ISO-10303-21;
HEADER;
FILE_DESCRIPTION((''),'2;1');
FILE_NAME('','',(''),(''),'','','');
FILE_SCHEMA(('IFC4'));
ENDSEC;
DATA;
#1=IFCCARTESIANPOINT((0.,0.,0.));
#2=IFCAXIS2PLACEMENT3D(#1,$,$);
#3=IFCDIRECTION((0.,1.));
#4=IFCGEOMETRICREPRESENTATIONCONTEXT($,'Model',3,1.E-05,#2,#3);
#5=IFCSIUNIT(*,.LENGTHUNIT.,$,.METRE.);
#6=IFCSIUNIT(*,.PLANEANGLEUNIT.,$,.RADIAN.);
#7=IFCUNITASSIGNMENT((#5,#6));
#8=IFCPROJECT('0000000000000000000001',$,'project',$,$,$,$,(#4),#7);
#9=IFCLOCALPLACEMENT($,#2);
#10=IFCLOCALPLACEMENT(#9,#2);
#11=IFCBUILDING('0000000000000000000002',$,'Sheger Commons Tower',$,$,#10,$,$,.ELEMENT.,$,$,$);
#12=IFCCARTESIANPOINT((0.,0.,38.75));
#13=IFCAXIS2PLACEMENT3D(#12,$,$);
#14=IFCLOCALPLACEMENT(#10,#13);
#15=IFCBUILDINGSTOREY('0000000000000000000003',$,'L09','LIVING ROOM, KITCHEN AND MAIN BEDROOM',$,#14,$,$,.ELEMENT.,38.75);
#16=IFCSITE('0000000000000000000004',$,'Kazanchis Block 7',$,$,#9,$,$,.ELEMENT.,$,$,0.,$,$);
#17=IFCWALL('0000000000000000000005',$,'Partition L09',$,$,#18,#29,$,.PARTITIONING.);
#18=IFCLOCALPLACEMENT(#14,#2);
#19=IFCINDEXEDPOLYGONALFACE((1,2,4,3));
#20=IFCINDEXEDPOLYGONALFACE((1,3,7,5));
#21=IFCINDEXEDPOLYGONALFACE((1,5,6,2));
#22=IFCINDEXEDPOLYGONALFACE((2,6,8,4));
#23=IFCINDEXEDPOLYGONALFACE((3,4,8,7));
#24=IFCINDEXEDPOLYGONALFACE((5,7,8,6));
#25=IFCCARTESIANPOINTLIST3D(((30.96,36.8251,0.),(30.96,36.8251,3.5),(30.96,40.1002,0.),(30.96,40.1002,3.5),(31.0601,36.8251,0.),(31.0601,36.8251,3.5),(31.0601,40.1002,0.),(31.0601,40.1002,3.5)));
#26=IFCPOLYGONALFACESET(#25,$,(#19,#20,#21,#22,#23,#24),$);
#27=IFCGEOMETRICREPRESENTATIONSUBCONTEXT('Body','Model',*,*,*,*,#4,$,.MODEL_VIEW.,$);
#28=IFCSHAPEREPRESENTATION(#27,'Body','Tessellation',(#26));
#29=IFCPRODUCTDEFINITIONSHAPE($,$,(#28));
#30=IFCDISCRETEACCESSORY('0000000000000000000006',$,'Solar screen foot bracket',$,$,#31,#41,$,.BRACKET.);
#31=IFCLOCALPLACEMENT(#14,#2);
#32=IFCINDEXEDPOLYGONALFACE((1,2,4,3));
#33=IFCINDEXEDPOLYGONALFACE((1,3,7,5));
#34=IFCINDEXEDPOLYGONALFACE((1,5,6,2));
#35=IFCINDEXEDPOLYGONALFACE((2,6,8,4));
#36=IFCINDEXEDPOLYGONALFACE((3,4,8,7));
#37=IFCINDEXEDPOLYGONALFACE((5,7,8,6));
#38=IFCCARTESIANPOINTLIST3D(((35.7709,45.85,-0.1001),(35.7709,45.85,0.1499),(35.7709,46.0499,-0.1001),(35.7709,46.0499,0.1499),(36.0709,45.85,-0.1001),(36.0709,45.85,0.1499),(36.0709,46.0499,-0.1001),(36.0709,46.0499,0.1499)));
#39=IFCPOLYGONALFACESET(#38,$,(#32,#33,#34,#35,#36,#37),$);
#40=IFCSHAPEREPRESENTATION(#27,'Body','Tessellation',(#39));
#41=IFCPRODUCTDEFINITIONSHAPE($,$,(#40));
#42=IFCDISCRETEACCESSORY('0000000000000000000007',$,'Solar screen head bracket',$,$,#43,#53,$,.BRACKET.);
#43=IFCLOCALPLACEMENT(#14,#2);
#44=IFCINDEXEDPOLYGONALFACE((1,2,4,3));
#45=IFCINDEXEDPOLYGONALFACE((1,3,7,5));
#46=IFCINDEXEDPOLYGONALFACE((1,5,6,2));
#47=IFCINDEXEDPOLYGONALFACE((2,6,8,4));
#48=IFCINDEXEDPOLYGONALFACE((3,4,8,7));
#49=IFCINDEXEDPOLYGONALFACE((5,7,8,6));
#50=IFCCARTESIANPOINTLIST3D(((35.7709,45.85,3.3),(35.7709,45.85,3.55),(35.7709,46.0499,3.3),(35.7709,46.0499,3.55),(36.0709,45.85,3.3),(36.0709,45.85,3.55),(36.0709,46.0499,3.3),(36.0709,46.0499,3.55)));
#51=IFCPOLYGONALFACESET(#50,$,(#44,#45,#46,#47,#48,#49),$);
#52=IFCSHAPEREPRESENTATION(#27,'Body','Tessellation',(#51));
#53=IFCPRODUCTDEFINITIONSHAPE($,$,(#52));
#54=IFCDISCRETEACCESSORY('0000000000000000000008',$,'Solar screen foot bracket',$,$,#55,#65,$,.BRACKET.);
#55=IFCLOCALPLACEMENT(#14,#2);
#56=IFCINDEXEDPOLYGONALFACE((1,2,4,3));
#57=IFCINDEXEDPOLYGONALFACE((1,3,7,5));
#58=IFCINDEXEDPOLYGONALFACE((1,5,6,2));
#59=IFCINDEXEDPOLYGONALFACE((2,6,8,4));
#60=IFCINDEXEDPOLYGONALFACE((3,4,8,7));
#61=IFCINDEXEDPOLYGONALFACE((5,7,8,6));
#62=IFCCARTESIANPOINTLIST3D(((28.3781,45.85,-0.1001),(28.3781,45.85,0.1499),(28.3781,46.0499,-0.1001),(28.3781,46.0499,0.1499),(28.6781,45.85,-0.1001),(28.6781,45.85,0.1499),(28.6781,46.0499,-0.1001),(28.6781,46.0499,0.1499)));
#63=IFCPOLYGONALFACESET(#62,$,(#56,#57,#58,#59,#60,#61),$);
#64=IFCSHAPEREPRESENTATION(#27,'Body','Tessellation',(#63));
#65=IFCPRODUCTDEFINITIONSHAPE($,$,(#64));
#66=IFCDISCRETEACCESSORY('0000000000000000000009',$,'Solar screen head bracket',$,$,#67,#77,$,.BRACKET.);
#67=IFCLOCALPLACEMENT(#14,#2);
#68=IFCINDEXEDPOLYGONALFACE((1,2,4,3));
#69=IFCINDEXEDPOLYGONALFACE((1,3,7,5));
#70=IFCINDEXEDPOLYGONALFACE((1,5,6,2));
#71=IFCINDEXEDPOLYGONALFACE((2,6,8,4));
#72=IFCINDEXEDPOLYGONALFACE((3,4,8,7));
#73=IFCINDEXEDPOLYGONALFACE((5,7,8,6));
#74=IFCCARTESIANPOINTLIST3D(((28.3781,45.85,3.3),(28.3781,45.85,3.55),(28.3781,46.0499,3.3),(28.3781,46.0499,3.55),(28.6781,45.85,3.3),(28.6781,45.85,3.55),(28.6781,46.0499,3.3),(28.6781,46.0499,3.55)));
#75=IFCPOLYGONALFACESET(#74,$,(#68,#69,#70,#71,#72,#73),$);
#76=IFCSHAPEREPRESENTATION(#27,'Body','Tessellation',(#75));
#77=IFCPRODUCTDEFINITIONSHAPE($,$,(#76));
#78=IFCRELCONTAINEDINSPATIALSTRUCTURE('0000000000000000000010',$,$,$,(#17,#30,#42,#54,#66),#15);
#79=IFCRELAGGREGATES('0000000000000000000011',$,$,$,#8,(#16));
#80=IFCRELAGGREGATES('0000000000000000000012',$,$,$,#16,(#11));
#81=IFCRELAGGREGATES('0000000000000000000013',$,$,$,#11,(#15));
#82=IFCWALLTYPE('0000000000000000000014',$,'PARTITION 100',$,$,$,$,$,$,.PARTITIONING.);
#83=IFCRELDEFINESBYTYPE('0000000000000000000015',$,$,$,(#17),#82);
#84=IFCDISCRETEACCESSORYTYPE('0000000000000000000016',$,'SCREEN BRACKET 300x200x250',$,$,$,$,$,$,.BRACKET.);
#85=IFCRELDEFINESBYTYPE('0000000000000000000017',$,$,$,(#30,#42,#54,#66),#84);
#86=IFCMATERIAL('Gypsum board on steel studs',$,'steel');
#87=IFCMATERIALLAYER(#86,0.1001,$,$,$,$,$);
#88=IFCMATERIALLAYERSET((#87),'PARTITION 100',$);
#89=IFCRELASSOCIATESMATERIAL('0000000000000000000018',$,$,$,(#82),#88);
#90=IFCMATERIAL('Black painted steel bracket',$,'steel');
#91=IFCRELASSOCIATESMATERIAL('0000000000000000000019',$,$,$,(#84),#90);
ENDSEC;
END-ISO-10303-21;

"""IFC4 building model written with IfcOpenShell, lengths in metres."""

from ifc_helpers import new_model, si_unit, direction, frame, frame_2d, origin, origin_2d, place, context, subcontext, project, spatial, rectangle, extrude, material, layer, layer_set, type_object, element, save


model = new_model("IFC4")

# Units and contexts
model_context = context("Model", 3, precision=1e-05, world=origin(), true_north=direction((0.0, 1.0)))
body_context = subcontext(model_context, "Body", "Model", "MODEL_VIEW")
ifc_project = project(units=[si_unit("LENGTHUNIT", "METRE"), si_unit("PLANEANGLEUNIT", "RADIAN")], contexts=[model_context])

# Site, building, storey
site_placement = place(None, origin())
site = spatial("IfcSite", under=ifc_project, at=site_placement, Name="Kazanchis Block 7", CompositionType="ELEMENT", RefElevation=0.0)
building_placement = place(site_placement, origin())
building = spatial("IfcBuilding", under=site, at=building_placement, Name="Sheger Commons Tower", CompositionType="ELEMENT")
storey_placement = place(building_placement, frame((0.0, 0.0, 38.75)))
storey = spatial("IfcBuildingStorey", under=building, at=storey_placement, Name="L09", Description="LIVING ROOM, KITCHEN AND MAIN BEDROOM", CompositionType="ELEMENT", Elevation=38.75)

# Shared definitions
ifc_material_1 = material(Name="Gypsum board on steel studs", Category="steel")
ifc_layer_1 = layer(ifc_material_1, 0.1001)
ifc_layer_set_1 = layer_set([ifc_layer_1], Name="PARTITION 100")
wall_type_1 = type_object("IfcWallType", Name="PARTITION 100", PredefinedType="PARTITIONING", material=ifc_layer_set_1)

# Wall
for number, where, z_axis, x_axis, name in (
    (1, (31.01, 36.825, 0.0), (0.0, 0.0, 1.0), (0.0, 1.0, 0.0), "Partition L09"),
):
    element("IfcWall", number, at=place(storey_placement, frame(where, z_axis=z_axis, x_axis=x_axis)), inside=storey, type_object=wall_type_1, Name=name, PredefinedType="PARTITIONING", context=body_context, shape_type="SweptSolid", body=[
        extrude(rectangle(XDim=3.2751, YDim=0.1001, at=frame_2d((1.6377, 0.0))), origin(), (0.0, 0.0, 1.0), 3.5),
    ])

# Discrete accessories
ifc_material_2 = material(Name="Black painted steel bracket", Category="steel")
discrete_accessory_type = type_object("IfcDiscreteAccessoryType", Name="SCREEN BRACKET 300x200x250", PredefinedType="BRACKET", material=ifc_material_2)
for number, where, z_axis, x_axis, name in (
    (2, (35.9209, 45.95, -0.1001), (0.0, 0.0, 1.0), (-1.0, 0.0, 0.0), "Solar screen foot bracket"),
    (3, (35.9209, 45.95, 3.3), (0.0, 0.0, 1.0), (-1.0, 0.0, 0.0), "Solar screen head bracket"),
    (4, (28.5281, 45.95, -0.1001), (0.0, 0.0, 1.0), (-1.0, 0.0, 0.0), "Solar screen foot bracket"),
    (5, (28.5281, 45.95, 3.3), (0.0, 0.0, 1.0), (-1.0, 0.0, 0.0), "Solar screen head bracket"),
):
    element("IfcDiscreteAccessory", number, at=place(storey_placement, frame(where, z_axis=z_axis, x_axis=x_axis)), inside=storey, type_object=discrete_accessory_type, Name=name, PredefinedType="BRACKET", context=body_context, shape_type="SweptSolid", body=[
        extrude(rectangle(XDim=0.3, YDim=0.2, at=origin_2d()), origin(), (0.0, 0.0, 1.0), 0.25),
    ])

save(model, "model.ifc")
